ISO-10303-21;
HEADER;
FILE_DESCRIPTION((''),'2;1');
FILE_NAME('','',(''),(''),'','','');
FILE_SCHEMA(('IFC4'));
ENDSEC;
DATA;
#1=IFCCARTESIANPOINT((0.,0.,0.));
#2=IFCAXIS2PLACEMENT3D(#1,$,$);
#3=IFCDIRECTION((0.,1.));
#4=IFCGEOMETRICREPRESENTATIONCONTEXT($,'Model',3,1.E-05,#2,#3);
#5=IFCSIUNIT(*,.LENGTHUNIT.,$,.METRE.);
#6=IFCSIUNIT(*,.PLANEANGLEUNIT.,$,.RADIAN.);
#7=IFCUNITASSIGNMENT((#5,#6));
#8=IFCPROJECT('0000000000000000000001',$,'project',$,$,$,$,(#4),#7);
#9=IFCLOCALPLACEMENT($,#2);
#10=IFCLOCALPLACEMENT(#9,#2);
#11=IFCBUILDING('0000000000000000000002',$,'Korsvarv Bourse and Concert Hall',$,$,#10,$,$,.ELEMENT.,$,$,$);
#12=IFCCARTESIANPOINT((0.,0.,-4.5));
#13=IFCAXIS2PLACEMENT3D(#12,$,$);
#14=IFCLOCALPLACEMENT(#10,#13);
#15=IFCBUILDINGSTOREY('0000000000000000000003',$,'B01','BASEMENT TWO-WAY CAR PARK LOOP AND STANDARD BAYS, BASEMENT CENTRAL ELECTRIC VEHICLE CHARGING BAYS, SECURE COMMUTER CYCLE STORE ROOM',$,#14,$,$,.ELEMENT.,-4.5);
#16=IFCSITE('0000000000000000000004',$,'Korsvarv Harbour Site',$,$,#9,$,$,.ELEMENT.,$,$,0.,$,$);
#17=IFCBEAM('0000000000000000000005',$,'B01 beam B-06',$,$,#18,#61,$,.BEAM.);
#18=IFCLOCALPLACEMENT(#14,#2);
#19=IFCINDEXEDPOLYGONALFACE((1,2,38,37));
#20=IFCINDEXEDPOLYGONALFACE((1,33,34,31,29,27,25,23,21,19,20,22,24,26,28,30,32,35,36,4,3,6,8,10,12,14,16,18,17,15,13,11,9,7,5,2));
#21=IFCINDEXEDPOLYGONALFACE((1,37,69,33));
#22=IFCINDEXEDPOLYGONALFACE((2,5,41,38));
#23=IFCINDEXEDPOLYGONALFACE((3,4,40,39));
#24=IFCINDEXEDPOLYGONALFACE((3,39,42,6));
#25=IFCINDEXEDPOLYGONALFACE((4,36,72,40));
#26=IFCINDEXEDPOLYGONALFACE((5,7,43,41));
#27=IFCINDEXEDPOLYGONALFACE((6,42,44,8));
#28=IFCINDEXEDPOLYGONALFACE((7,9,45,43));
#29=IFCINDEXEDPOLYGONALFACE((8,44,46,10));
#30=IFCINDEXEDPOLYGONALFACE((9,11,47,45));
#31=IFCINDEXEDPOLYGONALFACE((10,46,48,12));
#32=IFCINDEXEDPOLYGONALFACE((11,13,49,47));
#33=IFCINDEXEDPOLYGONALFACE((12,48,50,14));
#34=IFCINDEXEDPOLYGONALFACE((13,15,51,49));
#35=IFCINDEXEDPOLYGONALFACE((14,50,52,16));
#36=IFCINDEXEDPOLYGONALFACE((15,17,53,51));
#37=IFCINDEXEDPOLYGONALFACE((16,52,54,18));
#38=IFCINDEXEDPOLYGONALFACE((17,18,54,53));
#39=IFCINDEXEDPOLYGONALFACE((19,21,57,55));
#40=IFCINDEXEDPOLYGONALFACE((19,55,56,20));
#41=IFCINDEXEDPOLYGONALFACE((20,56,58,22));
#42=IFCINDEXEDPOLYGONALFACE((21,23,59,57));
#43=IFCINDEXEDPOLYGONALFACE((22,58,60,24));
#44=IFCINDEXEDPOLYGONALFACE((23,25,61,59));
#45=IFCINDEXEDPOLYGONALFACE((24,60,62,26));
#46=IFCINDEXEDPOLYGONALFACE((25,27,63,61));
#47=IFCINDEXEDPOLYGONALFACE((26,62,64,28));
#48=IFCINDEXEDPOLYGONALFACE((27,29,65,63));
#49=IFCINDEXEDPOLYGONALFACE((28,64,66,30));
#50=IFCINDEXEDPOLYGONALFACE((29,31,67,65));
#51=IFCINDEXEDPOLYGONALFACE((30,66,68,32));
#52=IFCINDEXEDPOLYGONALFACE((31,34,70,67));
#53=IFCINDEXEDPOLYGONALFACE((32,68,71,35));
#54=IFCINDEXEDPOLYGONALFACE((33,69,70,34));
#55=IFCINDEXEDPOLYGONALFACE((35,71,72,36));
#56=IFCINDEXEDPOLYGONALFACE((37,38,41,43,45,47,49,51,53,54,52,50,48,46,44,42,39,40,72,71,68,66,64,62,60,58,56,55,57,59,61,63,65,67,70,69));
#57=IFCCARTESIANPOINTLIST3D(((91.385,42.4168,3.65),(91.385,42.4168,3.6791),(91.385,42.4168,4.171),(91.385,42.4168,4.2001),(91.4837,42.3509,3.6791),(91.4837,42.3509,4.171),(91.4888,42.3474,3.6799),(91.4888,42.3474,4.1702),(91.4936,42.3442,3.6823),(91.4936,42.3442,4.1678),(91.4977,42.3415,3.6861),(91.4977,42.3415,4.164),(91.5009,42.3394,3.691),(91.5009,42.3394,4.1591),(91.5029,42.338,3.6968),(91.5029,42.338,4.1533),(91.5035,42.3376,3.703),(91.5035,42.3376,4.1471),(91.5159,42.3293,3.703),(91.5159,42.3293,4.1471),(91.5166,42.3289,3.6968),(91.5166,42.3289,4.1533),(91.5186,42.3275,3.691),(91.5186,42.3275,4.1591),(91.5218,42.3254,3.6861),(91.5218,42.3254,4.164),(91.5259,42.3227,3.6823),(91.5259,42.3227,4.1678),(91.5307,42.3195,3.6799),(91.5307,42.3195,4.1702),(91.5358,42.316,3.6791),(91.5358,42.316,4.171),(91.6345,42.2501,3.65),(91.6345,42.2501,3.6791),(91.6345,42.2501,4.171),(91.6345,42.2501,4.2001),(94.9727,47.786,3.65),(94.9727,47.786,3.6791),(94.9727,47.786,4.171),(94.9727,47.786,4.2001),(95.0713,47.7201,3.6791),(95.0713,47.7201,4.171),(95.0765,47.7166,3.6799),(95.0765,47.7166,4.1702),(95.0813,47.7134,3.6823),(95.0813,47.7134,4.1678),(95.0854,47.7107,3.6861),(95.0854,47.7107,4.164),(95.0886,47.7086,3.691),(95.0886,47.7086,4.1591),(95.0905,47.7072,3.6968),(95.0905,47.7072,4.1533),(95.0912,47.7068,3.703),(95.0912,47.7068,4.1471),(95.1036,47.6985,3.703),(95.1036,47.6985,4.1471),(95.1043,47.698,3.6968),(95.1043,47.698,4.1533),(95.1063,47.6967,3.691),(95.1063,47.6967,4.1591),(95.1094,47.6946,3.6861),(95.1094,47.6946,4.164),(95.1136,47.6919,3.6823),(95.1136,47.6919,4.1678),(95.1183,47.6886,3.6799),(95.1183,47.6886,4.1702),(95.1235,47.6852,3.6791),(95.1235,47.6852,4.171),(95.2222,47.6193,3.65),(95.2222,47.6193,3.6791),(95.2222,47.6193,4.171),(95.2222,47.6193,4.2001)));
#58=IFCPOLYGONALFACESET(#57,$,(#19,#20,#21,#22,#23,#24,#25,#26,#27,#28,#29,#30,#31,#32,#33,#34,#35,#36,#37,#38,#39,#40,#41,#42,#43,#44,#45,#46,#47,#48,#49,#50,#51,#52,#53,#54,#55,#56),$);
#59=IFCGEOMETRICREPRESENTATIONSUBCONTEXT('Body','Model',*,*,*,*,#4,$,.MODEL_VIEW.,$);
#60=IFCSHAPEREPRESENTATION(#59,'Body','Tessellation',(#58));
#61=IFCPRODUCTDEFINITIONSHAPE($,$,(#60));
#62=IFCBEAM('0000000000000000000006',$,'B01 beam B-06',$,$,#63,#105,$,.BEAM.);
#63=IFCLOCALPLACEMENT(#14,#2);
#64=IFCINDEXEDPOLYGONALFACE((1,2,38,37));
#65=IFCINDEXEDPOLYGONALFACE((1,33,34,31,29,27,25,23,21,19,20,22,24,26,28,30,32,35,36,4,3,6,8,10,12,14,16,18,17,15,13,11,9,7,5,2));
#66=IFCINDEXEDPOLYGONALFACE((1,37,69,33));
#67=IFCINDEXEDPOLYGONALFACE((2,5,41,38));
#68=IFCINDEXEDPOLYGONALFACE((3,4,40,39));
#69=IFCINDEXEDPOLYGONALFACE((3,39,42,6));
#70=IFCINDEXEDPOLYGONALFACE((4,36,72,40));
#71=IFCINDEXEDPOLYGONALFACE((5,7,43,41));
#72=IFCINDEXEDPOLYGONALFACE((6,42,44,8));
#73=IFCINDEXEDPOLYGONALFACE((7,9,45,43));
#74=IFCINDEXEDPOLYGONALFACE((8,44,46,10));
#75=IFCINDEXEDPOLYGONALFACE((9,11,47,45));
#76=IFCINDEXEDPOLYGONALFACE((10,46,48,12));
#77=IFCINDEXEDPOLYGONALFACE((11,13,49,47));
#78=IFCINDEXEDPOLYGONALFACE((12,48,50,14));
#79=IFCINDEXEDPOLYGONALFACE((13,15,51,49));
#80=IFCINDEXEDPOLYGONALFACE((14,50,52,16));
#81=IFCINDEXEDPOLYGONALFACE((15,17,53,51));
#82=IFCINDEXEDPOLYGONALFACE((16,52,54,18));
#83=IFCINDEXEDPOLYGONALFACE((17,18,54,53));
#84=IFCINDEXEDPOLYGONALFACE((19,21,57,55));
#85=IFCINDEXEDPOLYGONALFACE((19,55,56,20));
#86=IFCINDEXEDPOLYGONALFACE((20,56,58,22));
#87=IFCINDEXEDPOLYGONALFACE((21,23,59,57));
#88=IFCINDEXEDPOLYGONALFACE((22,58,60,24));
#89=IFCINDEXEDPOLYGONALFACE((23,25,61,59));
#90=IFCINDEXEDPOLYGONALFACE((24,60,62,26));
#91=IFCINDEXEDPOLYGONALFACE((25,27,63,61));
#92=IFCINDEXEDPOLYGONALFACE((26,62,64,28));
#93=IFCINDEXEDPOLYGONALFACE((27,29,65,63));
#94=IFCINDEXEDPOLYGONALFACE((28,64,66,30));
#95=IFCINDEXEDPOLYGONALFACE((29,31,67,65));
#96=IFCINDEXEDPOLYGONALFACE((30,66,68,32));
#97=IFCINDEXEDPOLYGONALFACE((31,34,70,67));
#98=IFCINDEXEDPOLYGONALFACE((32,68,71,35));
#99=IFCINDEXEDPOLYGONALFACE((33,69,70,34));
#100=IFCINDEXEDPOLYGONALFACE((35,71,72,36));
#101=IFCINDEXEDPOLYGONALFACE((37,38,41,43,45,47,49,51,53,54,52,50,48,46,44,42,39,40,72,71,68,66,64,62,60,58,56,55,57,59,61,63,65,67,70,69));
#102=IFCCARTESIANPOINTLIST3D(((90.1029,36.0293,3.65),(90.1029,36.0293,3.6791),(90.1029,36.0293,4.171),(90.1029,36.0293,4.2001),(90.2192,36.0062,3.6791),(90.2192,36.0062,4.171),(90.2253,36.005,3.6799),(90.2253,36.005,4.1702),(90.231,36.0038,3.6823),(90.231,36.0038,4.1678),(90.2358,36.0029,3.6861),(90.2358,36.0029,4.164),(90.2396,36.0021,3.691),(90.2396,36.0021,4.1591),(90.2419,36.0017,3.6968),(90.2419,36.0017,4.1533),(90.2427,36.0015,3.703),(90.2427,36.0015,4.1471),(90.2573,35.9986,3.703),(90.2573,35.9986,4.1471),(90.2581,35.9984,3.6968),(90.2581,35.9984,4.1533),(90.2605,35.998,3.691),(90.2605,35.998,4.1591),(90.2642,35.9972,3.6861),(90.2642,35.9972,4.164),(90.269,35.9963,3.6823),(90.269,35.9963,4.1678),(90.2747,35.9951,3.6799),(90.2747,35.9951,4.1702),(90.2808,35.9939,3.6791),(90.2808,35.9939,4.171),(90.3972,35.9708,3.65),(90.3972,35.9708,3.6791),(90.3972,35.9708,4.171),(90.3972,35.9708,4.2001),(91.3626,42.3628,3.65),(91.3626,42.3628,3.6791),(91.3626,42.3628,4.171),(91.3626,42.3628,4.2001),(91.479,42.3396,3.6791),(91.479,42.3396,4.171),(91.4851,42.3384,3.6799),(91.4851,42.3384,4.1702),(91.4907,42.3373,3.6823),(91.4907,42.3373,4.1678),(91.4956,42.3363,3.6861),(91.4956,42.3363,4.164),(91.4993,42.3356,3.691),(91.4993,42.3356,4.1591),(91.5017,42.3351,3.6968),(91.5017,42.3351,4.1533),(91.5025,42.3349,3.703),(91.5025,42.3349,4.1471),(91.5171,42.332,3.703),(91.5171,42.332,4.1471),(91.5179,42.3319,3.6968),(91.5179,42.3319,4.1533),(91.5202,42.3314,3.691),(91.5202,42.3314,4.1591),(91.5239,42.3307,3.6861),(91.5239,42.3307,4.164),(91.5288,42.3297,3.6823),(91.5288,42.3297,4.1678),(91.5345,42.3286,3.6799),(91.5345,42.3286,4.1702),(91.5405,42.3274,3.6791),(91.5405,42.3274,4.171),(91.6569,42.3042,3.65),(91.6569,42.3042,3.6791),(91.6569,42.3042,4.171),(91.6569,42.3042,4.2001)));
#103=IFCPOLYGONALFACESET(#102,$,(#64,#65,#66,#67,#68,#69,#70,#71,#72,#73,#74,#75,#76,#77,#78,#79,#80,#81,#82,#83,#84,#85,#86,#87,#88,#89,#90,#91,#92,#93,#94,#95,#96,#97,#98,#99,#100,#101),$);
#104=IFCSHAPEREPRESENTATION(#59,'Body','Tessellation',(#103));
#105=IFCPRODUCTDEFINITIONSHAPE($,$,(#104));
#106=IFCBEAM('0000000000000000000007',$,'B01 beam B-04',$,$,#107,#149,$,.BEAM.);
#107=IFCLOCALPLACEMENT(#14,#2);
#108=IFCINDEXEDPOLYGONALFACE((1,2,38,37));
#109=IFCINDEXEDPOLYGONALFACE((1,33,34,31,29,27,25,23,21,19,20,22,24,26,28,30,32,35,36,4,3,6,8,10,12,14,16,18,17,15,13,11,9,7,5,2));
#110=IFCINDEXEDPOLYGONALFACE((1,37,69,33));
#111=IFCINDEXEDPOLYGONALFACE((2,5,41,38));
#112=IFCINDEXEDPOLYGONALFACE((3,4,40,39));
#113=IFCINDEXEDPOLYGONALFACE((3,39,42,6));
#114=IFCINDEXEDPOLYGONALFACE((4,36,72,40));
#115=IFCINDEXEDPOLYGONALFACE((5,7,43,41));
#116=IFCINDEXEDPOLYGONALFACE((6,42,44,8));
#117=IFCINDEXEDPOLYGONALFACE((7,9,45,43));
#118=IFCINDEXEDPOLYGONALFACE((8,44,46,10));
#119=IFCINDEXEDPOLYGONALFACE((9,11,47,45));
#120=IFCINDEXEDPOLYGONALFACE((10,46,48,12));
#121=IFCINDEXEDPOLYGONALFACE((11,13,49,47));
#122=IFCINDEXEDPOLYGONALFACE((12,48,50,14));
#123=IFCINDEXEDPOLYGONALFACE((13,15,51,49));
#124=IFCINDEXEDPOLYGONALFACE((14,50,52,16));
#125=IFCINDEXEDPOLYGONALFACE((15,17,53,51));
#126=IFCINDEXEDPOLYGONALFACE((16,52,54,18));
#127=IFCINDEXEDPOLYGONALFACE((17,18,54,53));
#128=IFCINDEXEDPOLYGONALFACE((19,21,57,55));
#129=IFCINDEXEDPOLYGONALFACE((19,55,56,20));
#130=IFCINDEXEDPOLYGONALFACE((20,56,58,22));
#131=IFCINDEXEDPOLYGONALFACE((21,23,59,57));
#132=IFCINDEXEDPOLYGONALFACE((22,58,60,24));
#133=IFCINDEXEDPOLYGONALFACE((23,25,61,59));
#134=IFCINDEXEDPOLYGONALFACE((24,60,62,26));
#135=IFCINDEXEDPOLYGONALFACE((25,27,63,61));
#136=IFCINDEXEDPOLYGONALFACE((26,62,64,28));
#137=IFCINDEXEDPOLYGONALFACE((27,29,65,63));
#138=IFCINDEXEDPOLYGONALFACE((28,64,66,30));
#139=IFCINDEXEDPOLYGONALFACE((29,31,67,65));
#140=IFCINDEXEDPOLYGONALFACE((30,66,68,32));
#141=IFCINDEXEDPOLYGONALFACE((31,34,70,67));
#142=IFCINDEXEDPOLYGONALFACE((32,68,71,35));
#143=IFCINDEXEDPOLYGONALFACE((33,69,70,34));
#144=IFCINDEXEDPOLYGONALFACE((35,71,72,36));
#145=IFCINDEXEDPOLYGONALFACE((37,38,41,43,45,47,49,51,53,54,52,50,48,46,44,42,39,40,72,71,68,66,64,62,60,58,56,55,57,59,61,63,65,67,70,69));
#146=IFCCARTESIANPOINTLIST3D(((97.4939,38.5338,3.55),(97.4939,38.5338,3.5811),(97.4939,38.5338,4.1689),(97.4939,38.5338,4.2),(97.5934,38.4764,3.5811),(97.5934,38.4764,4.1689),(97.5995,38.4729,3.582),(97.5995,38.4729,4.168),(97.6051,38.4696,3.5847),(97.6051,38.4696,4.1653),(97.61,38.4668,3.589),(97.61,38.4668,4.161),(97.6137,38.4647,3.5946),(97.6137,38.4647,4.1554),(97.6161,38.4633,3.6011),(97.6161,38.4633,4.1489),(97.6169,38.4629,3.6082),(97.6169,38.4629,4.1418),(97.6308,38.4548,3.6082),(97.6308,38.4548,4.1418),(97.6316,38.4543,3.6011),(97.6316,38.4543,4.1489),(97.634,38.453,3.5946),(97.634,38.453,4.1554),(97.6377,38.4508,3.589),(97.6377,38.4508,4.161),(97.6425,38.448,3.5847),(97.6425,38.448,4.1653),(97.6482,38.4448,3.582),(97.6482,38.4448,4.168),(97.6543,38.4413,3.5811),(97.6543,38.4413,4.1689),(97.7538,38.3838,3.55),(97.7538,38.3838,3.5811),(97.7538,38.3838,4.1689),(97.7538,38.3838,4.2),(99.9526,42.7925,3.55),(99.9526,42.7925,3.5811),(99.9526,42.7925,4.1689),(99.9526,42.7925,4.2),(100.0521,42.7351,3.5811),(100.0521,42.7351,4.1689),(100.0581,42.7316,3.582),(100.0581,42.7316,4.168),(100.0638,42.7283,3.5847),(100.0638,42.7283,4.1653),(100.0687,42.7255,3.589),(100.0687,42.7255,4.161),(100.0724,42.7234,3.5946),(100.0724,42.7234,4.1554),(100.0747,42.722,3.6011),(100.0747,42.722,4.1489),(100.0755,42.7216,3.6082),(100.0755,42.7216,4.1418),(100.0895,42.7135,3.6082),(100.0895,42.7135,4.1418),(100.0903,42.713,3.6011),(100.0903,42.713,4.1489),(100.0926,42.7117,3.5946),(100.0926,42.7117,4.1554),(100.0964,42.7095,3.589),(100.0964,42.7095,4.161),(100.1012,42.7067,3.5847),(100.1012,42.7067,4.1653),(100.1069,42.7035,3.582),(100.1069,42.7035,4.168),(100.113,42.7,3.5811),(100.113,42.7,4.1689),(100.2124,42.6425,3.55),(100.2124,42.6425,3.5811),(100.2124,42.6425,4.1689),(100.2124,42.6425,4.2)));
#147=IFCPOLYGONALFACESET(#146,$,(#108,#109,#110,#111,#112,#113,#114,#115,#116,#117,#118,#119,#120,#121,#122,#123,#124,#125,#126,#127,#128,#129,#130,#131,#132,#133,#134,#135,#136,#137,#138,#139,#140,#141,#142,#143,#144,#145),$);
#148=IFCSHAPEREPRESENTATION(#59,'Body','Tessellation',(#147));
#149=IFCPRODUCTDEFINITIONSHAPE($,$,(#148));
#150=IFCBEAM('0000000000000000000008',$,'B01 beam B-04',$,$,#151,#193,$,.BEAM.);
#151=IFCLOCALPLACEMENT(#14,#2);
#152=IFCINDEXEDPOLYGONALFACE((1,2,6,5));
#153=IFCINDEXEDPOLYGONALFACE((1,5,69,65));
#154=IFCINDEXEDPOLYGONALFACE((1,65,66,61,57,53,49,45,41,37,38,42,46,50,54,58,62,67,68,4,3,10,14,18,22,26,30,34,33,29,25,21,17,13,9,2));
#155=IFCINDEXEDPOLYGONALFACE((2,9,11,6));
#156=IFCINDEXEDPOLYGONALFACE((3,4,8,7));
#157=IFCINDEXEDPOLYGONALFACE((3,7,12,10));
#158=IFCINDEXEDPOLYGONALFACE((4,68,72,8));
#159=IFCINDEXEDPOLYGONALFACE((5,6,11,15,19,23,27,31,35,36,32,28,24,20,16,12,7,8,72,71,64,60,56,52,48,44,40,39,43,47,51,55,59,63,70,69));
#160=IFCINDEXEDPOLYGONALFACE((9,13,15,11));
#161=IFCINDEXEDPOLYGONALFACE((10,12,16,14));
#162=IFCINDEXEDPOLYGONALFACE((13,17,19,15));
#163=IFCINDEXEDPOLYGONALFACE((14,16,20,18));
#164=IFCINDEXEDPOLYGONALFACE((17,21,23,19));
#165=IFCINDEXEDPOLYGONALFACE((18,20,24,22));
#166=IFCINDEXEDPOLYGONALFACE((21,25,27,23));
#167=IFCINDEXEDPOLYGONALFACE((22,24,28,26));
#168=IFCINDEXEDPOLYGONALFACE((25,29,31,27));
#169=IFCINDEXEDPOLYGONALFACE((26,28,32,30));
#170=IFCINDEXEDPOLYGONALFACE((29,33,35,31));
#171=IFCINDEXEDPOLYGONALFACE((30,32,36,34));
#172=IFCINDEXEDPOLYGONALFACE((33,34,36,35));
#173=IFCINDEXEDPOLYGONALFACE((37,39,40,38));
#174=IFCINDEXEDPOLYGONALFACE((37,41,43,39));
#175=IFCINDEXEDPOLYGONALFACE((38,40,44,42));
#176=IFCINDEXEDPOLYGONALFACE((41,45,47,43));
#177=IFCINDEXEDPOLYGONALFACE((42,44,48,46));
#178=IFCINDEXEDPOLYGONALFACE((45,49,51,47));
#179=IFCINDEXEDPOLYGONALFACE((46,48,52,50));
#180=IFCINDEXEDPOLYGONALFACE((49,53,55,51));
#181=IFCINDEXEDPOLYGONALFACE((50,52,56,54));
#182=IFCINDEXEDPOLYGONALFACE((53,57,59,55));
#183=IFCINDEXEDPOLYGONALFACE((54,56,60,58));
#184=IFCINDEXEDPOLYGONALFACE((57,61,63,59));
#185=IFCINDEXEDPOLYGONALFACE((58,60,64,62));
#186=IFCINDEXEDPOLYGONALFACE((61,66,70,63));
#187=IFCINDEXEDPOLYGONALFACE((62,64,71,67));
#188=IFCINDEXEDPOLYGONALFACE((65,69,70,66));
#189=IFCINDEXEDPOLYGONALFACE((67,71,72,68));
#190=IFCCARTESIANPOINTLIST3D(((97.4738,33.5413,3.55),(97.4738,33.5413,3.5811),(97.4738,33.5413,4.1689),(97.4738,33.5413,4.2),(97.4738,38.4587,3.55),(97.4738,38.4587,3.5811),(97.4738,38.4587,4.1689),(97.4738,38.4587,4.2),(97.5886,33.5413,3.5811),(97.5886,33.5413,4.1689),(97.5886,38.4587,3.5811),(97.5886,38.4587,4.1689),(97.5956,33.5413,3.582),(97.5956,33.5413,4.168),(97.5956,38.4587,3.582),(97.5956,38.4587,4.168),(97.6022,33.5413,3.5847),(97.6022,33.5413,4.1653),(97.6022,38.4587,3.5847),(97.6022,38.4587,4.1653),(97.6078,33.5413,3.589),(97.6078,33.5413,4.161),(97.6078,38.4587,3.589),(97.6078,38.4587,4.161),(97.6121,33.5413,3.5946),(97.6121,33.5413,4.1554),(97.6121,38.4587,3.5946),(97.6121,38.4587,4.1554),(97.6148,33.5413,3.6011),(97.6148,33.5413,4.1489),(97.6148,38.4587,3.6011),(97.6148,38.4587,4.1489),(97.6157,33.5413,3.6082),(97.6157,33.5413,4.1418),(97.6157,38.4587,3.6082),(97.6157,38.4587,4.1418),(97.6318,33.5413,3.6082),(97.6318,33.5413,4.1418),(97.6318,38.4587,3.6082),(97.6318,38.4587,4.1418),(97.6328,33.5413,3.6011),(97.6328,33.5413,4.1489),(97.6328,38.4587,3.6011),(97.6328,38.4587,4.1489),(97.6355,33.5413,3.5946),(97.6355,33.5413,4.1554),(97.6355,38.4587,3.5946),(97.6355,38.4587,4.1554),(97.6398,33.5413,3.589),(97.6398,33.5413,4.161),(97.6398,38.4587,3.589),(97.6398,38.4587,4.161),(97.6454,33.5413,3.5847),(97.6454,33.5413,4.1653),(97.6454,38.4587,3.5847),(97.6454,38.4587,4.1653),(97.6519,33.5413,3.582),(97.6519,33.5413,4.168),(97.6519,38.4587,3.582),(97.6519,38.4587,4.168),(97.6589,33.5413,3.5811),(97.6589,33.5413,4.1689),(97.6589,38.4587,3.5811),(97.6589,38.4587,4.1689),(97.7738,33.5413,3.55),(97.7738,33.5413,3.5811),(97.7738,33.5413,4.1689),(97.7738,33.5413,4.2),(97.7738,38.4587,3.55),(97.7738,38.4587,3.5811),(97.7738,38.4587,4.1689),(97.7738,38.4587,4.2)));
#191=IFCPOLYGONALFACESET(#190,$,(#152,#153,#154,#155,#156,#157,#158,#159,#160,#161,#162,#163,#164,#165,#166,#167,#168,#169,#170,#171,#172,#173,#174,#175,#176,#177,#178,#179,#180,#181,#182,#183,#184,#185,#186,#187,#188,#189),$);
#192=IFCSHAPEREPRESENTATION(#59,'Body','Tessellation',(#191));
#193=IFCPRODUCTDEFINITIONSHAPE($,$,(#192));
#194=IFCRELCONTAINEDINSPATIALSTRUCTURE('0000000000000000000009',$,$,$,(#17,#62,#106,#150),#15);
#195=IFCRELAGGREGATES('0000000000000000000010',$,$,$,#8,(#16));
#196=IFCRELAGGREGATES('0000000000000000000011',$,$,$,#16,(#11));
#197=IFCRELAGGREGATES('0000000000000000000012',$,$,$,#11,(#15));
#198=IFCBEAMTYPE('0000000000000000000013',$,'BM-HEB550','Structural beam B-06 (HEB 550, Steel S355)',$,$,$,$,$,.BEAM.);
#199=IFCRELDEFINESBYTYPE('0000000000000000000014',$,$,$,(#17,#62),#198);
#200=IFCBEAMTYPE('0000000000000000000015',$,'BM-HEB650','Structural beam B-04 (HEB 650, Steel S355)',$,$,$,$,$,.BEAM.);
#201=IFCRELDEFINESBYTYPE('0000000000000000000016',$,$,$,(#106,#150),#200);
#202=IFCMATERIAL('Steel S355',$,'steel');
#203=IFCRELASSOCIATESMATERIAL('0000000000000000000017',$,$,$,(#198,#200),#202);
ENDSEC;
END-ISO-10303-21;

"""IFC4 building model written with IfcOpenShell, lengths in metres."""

from ifc_helpers import new_model, si_unit, direction, frame, origin, origin_2d, place, context, subcontext, project, spatial, i_section, extrude, source, transform, mapped, material, material_profile, profile_set, type_object, element, save


model = new_model("IFC4")

# Units and contexts
model_context = context("Model", 3, precision=1e-05, world=origin(), true_north=direction((0.0, 1.0)))
body_context = subcontext(model_context, "Body", "Model", "MODEL_VIEW")
ifc_project = project(units=[si_unit("LENGTHUNIT", "METRE"), si_unit("PLANEANGLEUNIT", "RADIAN")], contexts=[model_context])

# Site, building, storey
site_placement = place(None, origin())
site = spatial("IfcSite", under=ifc_project, at=site_placement, Name="Korsvarv Harbour Site", CompositionType="ELEMENT", RefElevation=0.0)
building_placement = place(site_placement, origin())
building = spatial("IfcBuilding", under=site, at=building_placement, Name="Korsvarv Bourse and Concert Hall", CompositionType="ELEMENT")
storey_placement = place(building_placement, frame((0.0, 0.0, -4.5)))
storey = spatial("IfcBuildingStorey", under=building, at=storey_placement, Name="B01", Description="BASEMENT TWO-WAY CAR PARK LOOP AND STANDARD BAYS, BASEMENT CENTRAL ELECTRIC VEHICLE CHARGING BAYS, SECURE COMMUTER CYCLE STORE ROOM", CompositionType="ELEMENT", Elevation=-4.5)

# Beams
ifc_material_1 = material(Name="Steel S355", Category="steel")
ifc_material_profile_1 = material_profile(ifc_material_1, i_section(OverallWidth=0.3, OverallDepth=0.55, WebThickness=0.0149, FlangeThickness=0.0291, FilletRadius=0.0239, at=origin_2d()), Name="HEB 550")
ifc_profile_set_1 = profile_set([ifc_material_profile_1], Name="Steel S355")
beam_type_1 = type_object("IfcBeamType", Name="BM-HEB550", Description="Structural beam B-06 (HEB 550, Steel S355)", PredefinedType="BEAM", material=ifc_profile_set_1)
shared_shape_1 = source(origin(), body_context, "Body", "SweptSolid", [
    extrude(i_section(OverallWidth=0.3, OverallDepth=0.55, WebThickness=0.0149, FlangeThickness=0.0291, FilletRadius=0.0239, at=origin_2d()), origin(), (0.0, 0.0, 1.0), 6.4575),
])
for number, where, z_axis, x_axis, name in (
    (1, (95.0974, 47.7026, 3.925), (-0.555581, -0.831462, 0.0), (0.831462, -0.555581, 0.0), "B01 beam B-06"),
    (2, (91.5098, 42.3335, 3.925), (-0.195084, -0.980787, 0.0), (0.980787, -0.195084, 0.0), "B01 beam B-06"),
):
    element("IfcBeam", number, at=place(storey_placement, frame(where, z_axis=z_axis, x_axis=x_axis)), inside=storey, type_object=beam_type_1, Name=name, PredefinedType="BEAM", context=body_context, shape_type="MappedRepresentation", body=[
        mapped(shared_shape_1, transform((0.0, 0.0, 0.0), scale=1.0)),
    ])
ifc_material_profile_2 = material_profile(ifc_material_1, i_section(OverallWidth=0.3, OverallDepth=0.6499, WebThickness=0.0161, FlangeThickness=0.031, FilletRadius=0.0271, at=origin_2d()), Name="HEB 650")
ifc_profile_set_2 = profile_set([ifc_material_profile_2], Name="Steel S355")
beam_type_2 = type_object("IfcBeamType", Name="BM-HEB650", Description="Structural beam B-04 (HEB 650, Steel S355)", PredefinedType="BEAM", material=ifc_profile_set_2)
shared_shape_2 = source(origin(), body_context, "Body", "SweptSolid", [
    extrude(i_section(OverallWidth=0.3, OverallDepth=0.6499, WebThickness=0.0161, FlangeThickness=0.031, FilletRadius=0.0271, at=origin_2d()), origin(), (0.0, 0.0, 1.0), 4.9175),
])
for number, where, z_axis, x_axis, name in (
    (3, (100.0825, 42.7175, 3.875), (-0.499989, -0.866032, 0.0), (0.866032, -0.499989, 0.0), "B01 beam B-04"),
    (4, (97.6238, 38.4587, 3.875), (0.0, -1.0, 0.0), (1.0, 0.0, 0.0), "B01 beam B-04"),
):
    element("IfcBeam", number, at=place(storey_placement, frame(where, z_axis=z_axis, x_axis=x_axis)), inside=storey, type_object=beam_type_2, Name=name, PredefinedType="BEAM", context=body_context, shape_type="MappedRepresentation", body=[
        mapped(shared_shape_2, transform((0.0, 0.0, 0.0), scale=1.0)),
    ])

save(model, "model.ifc")
